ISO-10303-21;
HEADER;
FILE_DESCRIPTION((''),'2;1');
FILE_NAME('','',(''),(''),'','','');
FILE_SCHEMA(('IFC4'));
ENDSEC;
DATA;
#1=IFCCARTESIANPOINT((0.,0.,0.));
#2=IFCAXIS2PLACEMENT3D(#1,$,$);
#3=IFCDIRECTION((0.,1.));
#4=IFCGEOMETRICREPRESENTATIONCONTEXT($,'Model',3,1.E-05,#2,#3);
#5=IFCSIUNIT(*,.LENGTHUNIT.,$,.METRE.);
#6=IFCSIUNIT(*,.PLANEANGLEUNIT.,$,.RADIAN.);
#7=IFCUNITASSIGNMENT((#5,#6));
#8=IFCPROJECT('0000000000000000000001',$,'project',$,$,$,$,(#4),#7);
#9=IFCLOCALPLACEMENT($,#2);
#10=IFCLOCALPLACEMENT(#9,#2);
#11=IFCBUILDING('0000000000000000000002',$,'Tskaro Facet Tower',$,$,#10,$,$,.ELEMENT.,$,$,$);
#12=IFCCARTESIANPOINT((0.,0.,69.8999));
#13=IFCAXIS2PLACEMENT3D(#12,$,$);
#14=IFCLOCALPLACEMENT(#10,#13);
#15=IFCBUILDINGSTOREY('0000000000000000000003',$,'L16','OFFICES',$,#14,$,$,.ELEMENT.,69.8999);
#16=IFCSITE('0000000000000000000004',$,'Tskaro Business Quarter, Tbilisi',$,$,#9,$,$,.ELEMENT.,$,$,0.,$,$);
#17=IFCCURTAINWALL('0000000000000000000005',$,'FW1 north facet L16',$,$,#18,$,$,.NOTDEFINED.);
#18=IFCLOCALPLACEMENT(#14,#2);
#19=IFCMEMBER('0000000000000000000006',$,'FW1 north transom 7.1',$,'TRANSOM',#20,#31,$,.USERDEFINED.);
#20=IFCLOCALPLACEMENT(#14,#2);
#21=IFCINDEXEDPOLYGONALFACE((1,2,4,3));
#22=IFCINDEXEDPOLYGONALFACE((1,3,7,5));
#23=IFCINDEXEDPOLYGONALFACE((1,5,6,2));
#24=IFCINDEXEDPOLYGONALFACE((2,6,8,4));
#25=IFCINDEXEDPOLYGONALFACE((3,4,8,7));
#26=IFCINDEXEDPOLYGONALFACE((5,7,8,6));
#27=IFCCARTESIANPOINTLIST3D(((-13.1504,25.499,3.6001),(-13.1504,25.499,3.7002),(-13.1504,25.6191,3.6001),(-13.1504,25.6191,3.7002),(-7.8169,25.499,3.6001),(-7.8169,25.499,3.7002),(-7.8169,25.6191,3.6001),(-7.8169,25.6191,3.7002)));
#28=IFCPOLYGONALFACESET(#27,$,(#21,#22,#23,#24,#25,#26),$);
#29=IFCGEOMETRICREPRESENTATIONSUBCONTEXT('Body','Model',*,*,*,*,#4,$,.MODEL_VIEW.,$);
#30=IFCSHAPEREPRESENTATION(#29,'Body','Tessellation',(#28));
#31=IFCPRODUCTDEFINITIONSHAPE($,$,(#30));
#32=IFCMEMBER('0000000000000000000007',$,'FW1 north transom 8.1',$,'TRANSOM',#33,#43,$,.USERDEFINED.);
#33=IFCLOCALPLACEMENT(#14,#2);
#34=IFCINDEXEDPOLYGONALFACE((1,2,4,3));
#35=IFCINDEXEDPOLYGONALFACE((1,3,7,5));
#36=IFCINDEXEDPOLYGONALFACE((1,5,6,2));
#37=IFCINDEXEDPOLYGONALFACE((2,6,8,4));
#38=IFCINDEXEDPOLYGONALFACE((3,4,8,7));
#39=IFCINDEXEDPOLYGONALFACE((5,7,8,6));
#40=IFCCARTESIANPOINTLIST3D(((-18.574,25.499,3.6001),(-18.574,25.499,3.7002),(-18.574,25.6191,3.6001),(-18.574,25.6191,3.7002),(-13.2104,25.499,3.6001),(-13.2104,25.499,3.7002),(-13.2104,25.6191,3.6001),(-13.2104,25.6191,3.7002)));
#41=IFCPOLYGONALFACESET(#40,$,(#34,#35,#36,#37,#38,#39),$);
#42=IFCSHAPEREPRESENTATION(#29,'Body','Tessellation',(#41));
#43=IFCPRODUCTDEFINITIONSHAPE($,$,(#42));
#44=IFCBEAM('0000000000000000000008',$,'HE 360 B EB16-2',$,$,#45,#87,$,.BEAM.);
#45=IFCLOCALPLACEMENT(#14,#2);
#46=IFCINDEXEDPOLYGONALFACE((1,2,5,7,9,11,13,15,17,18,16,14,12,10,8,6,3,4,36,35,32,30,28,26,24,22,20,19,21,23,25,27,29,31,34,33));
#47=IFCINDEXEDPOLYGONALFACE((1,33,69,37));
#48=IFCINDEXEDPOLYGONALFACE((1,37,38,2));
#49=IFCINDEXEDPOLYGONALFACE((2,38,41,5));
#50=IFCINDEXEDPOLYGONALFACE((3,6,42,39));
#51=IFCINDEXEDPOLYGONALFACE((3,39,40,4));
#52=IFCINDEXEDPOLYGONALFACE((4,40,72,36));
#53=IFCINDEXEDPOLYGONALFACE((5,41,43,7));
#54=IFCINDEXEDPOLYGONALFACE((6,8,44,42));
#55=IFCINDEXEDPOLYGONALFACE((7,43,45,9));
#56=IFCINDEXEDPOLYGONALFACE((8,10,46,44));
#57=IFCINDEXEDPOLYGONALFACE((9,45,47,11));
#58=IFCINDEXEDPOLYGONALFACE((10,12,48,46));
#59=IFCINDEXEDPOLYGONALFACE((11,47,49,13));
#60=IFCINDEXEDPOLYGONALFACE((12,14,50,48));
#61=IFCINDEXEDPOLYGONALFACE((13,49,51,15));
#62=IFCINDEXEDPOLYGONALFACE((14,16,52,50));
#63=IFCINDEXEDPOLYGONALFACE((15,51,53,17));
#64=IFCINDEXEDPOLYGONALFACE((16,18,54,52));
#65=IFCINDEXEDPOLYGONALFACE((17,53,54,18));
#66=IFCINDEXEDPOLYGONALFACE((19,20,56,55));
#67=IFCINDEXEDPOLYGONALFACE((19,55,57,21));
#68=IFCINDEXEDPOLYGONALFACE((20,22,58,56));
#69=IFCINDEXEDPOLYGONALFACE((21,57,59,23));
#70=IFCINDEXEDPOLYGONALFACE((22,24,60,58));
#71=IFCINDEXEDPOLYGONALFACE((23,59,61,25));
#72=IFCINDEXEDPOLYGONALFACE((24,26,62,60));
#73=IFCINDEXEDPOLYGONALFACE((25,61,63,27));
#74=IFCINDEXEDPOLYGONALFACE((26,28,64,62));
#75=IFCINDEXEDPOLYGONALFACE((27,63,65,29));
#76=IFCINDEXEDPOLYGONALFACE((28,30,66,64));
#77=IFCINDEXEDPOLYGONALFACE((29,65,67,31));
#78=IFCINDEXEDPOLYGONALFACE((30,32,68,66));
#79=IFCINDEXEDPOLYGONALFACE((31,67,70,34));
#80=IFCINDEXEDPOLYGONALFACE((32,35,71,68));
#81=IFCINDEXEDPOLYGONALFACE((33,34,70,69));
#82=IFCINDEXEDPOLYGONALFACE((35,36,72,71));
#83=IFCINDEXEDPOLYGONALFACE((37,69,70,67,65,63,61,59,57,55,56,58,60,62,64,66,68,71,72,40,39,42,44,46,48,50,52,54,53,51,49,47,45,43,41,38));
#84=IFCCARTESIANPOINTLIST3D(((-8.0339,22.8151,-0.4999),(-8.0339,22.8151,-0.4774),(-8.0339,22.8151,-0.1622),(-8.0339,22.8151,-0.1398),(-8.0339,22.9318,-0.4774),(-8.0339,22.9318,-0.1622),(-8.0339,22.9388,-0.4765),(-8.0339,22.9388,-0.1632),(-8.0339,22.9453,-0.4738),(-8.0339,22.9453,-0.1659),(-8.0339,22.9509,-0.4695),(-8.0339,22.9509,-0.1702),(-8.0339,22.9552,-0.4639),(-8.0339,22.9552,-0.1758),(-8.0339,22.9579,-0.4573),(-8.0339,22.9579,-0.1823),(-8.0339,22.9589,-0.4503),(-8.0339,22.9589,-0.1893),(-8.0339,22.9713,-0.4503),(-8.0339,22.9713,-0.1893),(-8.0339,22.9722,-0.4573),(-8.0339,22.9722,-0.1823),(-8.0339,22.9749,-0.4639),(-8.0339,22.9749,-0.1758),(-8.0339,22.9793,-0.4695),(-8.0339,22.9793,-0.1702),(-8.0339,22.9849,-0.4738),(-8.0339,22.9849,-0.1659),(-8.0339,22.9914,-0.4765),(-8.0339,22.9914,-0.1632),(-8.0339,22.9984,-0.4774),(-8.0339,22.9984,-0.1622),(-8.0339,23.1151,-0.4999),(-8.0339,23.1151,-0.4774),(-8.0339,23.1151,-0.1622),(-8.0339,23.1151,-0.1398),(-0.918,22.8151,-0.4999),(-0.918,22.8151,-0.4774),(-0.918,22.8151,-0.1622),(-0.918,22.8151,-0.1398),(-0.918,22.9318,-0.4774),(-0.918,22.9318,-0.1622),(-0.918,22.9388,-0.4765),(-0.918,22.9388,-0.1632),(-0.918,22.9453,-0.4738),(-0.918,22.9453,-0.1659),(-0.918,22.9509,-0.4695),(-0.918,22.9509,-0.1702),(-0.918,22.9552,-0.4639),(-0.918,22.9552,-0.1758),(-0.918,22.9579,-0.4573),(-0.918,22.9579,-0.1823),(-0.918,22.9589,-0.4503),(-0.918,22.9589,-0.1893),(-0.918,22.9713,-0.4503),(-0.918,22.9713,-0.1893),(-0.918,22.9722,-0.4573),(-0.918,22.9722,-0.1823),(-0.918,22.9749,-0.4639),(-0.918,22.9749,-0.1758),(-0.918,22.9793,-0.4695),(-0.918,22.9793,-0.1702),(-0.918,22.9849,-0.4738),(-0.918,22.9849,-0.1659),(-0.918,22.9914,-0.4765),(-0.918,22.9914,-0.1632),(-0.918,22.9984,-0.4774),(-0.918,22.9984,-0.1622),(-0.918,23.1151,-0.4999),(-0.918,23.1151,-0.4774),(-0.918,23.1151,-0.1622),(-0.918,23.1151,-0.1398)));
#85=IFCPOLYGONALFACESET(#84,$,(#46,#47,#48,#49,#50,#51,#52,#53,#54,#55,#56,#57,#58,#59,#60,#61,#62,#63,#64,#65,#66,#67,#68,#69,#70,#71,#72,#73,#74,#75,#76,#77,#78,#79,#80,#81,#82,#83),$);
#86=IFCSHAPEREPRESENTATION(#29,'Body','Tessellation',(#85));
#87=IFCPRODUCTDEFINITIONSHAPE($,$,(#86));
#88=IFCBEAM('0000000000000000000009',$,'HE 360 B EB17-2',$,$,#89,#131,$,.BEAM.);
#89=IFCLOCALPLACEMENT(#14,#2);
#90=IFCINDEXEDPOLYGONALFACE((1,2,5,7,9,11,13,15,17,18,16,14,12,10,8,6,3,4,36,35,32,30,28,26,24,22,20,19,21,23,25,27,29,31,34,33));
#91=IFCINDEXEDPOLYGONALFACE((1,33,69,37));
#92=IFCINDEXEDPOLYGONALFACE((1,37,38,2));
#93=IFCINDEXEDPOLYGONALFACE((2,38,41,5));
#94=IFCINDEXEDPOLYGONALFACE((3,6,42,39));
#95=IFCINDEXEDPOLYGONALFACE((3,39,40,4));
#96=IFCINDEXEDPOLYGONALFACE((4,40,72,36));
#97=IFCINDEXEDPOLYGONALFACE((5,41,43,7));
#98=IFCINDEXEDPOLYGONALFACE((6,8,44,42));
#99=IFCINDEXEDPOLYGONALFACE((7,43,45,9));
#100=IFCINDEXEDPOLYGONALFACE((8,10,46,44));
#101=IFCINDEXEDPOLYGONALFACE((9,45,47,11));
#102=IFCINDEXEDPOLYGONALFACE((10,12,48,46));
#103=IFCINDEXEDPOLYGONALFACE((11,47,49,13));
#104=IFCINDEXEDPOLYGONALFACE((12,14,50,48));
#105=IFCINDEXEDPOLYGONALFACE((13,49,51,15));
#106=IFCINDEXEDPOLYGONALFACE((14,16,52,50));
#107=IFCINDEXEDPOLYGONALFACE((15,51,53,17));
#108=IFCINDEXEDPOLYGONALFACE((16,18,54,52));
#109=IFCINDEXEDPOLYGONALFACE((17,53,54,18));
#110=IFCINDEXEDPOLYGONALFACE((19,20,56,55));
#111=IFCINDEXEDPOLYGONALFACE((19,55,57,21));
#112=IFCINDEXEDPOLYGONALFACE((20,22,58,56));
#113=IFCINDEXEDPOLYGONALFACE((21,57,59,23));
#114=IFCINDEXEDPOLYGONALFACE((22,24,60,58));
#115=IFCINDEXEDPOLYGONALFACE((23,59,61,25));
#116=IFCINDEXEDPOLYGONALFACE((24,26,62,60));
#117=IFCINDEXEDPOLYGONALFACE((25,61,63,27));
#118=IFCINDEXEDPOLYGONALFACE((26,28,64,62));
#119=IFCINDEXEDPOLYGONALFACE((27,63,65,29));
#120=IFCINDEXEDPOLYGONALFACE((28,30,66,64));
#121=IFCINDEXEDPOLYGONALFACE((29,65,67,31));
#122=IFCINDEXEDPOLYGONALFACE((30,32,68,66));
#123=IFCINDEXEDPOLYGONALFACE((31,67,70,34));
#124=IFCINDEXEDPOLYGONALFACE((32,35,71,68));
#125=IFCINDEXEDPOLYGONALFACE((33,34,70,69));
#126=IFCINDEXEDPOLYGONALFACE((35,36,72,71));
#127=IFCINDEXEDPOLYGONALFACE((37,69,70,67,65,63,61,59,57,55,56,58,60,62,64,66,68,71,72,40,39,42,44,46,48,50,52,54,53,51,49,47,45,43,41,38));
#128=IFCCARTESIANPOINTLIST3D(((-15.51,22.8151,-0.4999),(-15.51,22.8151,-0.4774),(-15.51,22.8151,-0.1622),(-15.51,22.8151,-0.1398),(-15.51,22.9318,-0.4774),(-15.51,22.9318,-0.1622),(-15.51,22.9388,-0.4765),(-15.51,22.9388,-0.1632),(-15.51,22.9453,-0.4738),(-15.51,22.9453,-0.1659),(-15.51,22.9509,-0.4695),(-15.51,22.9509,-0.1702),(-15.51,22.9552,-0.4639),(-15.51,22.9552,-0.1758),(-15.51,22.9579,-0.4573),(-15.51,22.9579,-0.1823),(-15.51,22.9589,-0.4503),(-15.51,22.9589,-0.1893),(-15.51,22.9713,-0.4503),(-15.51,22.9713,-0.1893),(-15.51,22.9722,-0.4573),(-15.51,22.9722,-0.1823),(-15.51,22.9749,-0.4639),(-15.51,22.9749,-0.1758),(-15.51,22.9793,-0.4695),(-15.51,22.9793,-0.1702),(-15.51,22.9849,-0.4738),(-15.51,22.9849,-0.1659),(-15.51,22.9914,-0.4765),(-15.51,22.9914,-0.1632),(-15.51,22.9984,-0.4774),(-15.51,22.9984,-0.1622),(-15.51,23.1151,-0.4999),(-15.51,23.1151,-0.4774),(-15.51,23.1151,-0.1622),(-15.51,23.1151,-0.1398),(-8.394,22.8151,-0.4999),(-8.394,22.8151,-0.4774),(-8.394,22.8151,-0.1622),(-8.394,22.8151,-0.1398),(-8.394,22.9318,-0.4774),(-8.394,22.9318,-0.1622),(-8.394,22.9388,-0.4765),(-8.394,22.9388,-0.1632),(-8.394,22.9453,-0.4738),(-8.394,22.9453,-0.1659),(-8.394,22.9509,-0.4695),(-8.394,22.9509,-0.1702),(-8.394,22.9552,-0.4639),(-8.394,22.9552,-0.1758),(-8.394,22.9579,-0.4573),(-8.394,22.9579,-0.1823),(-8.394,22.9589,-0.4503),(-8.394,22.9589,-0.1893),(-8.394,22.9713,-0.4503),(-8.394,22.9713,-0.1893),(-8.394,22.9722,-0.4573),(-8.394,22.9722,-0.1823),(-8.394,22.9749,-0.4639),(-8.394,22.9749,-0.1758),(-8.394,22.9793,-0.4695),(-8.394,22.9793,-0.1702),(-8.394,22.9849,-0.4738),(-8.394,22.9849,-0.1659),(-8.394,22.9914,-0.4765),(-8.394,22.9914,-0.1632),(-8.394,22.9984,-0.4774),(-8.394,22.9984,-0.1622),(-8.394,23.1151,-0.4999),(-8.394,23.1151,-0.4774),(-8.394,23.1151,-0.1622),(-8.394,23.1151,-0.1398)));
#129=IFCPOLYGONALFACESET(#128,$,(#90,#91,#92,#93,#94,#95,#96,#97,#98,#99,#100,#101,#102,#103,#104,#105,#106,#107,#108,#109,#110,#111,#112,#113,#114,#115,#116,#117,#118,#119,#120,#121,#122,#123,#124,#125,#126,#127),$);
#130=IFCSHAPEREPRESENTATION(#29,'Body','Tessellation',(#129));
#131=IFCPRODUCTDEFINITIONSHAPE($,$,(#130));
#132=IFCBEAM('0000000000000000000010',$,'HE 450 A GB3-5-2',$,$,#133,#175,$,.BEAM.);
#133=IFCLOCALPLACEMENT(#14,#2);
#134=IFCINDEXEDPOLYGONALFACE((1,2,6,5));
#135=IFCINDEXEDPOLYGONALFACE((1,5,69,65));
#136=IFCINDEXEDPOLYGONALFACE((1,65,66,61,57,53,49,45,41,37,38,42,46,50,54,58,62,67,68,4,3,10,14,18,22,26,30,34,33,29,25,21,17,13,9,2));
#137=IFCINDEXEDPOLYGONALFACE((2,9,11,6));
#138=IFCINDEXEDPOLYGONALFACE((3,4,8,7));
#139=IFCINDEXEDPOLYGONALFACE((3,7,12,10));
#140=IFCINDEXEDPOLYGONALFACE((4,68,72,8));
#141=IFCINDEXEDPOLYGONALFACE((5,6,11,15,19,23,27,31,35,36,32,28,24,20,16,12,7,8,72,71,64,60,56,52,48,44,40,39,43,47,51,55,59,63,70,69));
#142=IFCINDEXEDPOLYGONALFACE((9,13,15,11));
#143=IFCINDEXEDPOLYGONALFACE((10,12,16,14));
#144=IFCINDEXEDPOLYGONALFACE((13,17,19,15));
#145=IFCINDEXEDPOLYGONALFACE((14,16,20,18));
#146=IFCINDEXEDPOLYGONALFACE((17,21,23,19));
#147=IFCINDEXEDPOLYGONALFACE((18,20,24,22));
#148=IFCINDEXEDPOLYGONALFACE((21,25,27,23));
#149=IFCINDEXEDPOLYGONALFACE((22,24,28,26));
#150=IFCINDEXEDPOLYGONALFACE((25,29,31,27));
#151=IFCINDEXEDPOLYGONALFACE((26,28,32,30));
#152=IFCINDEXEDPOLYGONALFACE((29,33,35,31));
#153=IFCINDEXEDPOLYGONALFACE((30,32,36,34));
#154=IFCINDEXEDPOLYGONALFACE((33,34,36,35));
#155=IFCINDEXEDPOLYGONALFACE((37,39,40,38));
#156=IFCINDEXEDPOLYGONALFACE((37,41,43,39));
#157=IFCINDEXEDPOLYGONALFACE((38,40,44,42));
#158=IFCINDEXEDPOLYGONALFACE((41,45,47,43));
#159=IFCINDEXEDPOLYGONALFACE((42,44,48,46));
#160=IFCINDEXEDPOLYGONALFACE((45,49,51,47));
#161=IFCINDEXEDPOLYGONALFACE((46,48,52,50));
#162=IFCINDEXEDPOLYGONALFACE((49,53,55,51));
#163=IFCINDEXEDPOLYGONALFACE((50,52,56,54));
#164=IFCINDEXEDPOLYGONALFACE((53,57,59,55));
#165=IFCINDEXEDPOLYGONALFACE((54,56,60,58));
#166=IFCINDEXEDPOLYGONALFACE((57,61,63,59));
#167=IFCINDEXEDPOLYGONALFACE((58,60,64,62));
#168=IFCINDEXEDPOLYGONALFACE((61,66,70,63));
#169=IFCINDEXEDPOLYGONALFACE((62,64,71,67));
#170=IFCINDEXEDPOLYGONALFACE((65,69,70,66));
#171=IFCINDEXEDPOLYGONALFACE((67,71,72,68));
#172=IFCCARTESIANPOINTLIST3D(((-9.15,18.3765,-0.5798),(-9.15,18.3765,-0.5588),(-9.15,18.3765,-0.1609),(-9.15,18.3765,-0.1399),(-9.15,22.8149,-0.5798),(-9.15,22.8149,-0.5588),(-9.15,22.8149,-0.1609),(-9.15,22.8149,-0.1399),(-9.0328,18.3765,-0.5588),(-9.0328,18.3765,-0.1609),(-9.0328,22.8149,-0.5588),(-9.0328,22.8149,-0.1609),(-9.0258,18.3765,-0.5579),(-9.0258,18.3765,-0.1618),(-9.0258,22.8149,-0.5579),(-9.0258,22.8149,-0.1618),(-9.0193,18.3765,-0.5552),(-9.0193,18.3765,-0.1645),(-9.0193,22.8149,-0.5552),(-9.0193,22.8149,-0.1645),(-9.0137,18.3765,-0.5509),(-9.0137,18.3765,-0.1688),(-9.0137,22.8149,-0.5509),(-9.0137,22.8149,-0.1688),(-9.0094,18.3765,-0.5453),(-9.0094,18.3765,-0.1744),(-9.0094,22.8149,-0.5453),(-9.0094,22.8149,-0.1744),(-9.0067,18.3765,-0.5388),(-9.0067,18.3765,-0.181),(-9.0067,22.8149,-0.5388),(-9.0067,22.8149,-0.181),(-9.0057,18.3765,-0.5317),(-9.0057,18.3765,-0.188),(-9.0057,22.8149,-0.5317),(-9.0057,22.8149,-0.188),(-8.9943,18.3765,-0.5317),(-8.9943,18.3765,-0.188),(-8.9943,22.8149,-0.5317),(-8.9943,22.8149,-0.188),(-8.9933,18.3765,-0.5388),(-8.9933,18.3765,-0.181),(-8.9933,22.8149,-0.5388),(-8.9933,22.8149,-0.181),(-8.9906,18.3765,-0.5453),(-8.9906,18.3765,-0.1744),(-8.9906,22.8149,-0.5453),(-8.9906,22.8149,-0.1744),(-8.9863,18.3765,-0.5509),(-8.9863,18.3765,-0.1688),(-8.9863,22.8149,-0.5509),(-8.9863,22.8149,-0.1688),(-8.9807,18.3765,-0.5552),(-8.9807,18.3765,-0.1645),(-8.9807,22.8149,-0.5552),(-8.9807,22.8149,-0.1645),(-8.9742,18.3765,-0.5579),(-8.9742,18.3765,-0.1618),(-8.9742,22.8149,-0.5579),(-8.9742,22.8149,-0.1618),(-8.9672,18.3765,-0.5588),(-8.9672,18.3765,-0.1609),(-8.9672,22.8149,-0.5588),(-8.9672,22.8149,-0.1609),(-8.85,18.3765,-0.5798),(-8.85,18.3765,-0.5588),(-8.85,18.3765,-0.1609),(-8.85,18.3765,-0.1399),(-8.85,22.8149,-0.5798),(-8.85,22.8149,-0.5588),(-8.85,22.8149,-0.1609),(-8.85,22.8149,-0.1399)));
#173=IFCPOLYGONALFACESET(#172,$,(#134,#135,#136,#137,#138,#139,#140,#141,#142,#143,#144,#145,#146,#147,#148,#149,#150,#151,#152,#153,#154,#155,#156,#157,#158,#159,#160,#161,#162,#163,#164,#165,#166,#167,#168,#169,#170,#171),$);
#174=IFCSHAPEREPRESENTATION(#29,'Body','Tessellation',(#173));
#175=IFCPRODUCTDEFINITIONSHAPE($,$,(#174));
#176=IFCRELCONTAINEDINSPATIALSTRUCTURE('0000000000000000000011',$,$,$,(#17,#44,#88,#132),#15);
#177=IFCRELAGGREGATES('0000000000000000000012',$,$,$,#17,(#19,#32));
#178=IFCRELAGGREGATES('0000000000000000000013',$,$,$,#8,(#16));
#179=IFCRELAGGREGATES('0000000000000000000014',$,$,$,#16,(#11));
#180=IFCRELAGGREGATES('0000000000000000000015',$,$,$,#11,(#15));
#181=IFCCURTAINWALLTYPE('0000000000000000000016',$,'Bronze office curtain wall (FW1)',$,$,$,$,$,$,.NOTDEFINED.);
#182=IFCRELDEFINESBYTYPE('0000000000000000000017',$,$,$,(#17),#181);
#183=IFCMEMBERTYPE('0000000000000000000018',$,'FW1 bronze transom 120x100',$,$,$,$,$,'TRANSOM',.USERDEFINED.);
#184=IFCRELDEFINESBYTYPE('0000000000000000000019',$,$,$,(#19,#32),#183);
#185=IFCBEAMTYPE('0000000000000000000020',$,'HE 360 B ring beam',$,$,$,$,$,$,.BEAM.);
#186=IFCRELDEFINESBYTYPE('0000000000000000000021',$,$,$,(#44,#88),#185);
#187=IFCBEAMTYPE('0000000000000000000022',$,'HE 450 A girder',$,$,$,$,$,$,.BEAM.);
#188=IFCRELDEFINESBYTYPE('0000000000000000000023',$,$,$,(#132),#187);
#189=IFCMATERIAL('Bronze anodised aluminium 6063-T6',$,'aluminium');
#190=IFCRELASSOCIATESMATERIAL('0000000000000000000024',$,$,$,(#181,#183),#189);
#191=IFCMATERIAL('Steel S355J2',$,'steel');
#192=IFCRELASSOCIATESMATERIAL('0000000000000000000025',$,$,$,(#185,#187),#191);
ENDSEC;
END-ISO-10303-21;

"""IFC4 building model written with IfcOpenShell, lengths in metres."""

from ifc_helpers import new_model, si_unit, direction, frame, origin, origin_2d, place, context, subcontext, project, spatial, rectangle, i_section, extrude, material, material_profile, profile_set, type_object, element, aggregate, save


model = new_model("IFC4")

# Units and contexts
model_context = context("Model", 3, precision=1e-05, world=origin(), true_north=direction((0.0, 1.0)))
body_context = subcontext(model_context, "Body", "Model", "MODEL_VIEW")
ifc_project = project(units=[si_unit("LENGTHUNIT", "METRE"), si_unit("PLANEANGLEUNIT", "RADIAN")], contexts=[model_context])

# Site, building, storey
site_placement = place(None, origin())
site = spatial("IfcSite", under=ifc_project, at=site_placement, Name="Tskaro Business Quarter, Tbilisi", CompositionType="ELEMENT", RefElevation=0.0)
building_placement = place(site_placement, origin())
building = spatial("IfcBuilding", under=site, at=building_placement, Name="Tskaro Facet Tower", CompositionType="ELEMENT")
storey_placement = place(building_placement, frame((0.0, 0.0, 69.8999)))
storey = spatial("IfcBuildingStorey", under=building, at=storey_placement, Name="L16", Description="OFFICES", CompositionType="ELEMENT", Elevation=69.8999)

# Curtain wall, members
ifc_material_1 = material(Name="Bronze anodised aluminium 6063-T6", Category="aluminium")
curtain_wall_type = type_object("IfcCurtainWallType", Name="Bronze office curtain wall (FW1)", PredefinedType="NOTDEFINED", material=ifc_material_1)
curtain_wall_placement = place(storey_placement, origin())
curtain_wall = element("IfcCurtainWall", 1, at=curtain_wall_placement, inside=storey, type_object=curtain_wall_type, Name="FW1 north facet L16", PredefinedType="NOTDEFINED")
ifc_material_profile_1 = material_profile(ifc_material_1, rectangle(XDim=0.1201, YDim=0.1001, at=origin_2d()), Name="Transom 120x100")
ifc_profile_set_1 = profile_set([ifc_material_profile_1], Name="Bronze anodised aluminium 6063-T6")
member_type_1 = type_object("IfcMemberType", Name="FW1 bronze transom 120x100", ElementType="TRANSOM", PredefinedType="USERDEFINED", material=ifc_profile_set_1)
member_1_placement = place(storey_placement, frame((-7.8169, 25.5591, 3.6501), z_axis=(-1.0, 0.0, 0.0), x_axis=(0.0, -1.0, 0.0)))
member_1 = element("IfcMember", 2, at=member_1_placement, type_object=member_type_1, Name="FW1 north transom 7.1", ObjectType="TRANSOM", PredefinedType="USERDEFINED", context=body_context, shape_type="SweptSolid", body=[
    extrude(rectangle(XDim=0.1201, YDim=0.1001, at=origin_2d()), origin(), (0.0, 0.0, 1.0), 5.3335),
])
member_2_placement = place(storey_placement, frame((-13.2104, 25.5591, 3.6501), z_axis=(-1.0, 0.0, 0.0), x_axis=(0.0, -1.0, 0.0)))
member_2 = element("IfcMember", 3, at=member_2_placement, type_object=member_type_1, Name="FW1 north transom 8.1", ObjectType="TRANSOM", PredefinedType="USERDEFINED", context=body_context, shape_type="SweptSolid", body=[
    extrude(rectangle(XDim=0.1201, YDim=0.1001, at=origin_2d()), origin(), (0.0, 0.0, 1.0), 5.3635),
])

# Beams
ifc_material_2 = material(Name="Steel S355J2", Category="steel")
ifc_material_profile_2 = material_profile(ifc_material_2, i_section(OverallWidth=0.3, OverallDepth=0.3601, WebThickness=0.0125, FlangeThickness=0.0225, FilletRadius=0.0271, at=origin_2d()), Name="HE 360 B")
ifc_profile_set_2 = profile_set([ifc_material_profile_2], Name="Steel S355J2")
beam_type_1 = type_object("IfcBeamType", Name="HE 360 B ring beam", PredefinedType="BEAM", material=ifc_profile_set_2)
for number, where, z_axis, x_axis, name in (
    (4, (-0.918, 22.9651, -0.3198), (-1.0, 0.0, 0.0), (0.0, -1.0, 0.0), "HE 360 B EB16-2"),
    (5, (-8.394, 22.9651, -0.3198), (-1.0, 0.0, 0.0), (0.0, -1.0, 0.0), "HE 360 B EB17-2"),
):
    element("IfcBeam", number, at=place(storey_placement, frame(where, z_axis=z_axis, x_axis=x_axis)), inside=storey, type_object=beam_type_1, Name=name, PredefinedType="BEAM", context=body_context, shape_type="SweptSolid", body=[
        extrude(i_section(OverallWidth=0.3, OverallDepth=0.3601, WebThickness=0.0125, FlangeThickness=0.0225, FilletRadius=0.0271, at=origin_2d()), origin(), (0.0, 0.0, 1.0), 7.116),
    ])
ifc_material_profile_3 = material_profile(ifc_material_2, i_section(OverallWidth=0.3, OverallDepth=0.4399, WebThickness=0.0115, FlangeThickness=0.021, FilletRadius=0.0271, at=origin_2d()), Name="HE 450 A")
ifc_profile_set_3 = profile_set([ifc_material_profile_3], Name="Steel S355J2")
beam_type_2 = type_object("IfcBeamType", Name="HE 450 A girder", PredefinedType="BEAM", material=ifc_profile_set_3)
for number, where, z_axis, x_axis, name in (
    (6, (-9.0, 18.3765, -0.3599), (0.0, 1.0, 0.0), (-1.0, 0.0, 0.0), "HE 450 A GB3-5-2"),
):
    element("IfcBeam", number, at=place(storey_placement, frame(where, z_axis=z_axis, x_axis=x_axis)), inside=storey, type_object=beam_type_2, Name=name, PredefinedType="BEAM", context=body_context, shape_type="SweptSolid", body=[
        extrude(i_section(OverallWidth=0.3, OverallDepth=0.4399, WebThickness=0.0115, FlangeThickness=0.021, FilletRadius=0.0271, at=origin_2d()), origin(), (0.0, 0.0, 1.0), 4.4385),
    ])

aggregate(curtain_wall, [member_1, member_2])

save(model, "model.ifc")
